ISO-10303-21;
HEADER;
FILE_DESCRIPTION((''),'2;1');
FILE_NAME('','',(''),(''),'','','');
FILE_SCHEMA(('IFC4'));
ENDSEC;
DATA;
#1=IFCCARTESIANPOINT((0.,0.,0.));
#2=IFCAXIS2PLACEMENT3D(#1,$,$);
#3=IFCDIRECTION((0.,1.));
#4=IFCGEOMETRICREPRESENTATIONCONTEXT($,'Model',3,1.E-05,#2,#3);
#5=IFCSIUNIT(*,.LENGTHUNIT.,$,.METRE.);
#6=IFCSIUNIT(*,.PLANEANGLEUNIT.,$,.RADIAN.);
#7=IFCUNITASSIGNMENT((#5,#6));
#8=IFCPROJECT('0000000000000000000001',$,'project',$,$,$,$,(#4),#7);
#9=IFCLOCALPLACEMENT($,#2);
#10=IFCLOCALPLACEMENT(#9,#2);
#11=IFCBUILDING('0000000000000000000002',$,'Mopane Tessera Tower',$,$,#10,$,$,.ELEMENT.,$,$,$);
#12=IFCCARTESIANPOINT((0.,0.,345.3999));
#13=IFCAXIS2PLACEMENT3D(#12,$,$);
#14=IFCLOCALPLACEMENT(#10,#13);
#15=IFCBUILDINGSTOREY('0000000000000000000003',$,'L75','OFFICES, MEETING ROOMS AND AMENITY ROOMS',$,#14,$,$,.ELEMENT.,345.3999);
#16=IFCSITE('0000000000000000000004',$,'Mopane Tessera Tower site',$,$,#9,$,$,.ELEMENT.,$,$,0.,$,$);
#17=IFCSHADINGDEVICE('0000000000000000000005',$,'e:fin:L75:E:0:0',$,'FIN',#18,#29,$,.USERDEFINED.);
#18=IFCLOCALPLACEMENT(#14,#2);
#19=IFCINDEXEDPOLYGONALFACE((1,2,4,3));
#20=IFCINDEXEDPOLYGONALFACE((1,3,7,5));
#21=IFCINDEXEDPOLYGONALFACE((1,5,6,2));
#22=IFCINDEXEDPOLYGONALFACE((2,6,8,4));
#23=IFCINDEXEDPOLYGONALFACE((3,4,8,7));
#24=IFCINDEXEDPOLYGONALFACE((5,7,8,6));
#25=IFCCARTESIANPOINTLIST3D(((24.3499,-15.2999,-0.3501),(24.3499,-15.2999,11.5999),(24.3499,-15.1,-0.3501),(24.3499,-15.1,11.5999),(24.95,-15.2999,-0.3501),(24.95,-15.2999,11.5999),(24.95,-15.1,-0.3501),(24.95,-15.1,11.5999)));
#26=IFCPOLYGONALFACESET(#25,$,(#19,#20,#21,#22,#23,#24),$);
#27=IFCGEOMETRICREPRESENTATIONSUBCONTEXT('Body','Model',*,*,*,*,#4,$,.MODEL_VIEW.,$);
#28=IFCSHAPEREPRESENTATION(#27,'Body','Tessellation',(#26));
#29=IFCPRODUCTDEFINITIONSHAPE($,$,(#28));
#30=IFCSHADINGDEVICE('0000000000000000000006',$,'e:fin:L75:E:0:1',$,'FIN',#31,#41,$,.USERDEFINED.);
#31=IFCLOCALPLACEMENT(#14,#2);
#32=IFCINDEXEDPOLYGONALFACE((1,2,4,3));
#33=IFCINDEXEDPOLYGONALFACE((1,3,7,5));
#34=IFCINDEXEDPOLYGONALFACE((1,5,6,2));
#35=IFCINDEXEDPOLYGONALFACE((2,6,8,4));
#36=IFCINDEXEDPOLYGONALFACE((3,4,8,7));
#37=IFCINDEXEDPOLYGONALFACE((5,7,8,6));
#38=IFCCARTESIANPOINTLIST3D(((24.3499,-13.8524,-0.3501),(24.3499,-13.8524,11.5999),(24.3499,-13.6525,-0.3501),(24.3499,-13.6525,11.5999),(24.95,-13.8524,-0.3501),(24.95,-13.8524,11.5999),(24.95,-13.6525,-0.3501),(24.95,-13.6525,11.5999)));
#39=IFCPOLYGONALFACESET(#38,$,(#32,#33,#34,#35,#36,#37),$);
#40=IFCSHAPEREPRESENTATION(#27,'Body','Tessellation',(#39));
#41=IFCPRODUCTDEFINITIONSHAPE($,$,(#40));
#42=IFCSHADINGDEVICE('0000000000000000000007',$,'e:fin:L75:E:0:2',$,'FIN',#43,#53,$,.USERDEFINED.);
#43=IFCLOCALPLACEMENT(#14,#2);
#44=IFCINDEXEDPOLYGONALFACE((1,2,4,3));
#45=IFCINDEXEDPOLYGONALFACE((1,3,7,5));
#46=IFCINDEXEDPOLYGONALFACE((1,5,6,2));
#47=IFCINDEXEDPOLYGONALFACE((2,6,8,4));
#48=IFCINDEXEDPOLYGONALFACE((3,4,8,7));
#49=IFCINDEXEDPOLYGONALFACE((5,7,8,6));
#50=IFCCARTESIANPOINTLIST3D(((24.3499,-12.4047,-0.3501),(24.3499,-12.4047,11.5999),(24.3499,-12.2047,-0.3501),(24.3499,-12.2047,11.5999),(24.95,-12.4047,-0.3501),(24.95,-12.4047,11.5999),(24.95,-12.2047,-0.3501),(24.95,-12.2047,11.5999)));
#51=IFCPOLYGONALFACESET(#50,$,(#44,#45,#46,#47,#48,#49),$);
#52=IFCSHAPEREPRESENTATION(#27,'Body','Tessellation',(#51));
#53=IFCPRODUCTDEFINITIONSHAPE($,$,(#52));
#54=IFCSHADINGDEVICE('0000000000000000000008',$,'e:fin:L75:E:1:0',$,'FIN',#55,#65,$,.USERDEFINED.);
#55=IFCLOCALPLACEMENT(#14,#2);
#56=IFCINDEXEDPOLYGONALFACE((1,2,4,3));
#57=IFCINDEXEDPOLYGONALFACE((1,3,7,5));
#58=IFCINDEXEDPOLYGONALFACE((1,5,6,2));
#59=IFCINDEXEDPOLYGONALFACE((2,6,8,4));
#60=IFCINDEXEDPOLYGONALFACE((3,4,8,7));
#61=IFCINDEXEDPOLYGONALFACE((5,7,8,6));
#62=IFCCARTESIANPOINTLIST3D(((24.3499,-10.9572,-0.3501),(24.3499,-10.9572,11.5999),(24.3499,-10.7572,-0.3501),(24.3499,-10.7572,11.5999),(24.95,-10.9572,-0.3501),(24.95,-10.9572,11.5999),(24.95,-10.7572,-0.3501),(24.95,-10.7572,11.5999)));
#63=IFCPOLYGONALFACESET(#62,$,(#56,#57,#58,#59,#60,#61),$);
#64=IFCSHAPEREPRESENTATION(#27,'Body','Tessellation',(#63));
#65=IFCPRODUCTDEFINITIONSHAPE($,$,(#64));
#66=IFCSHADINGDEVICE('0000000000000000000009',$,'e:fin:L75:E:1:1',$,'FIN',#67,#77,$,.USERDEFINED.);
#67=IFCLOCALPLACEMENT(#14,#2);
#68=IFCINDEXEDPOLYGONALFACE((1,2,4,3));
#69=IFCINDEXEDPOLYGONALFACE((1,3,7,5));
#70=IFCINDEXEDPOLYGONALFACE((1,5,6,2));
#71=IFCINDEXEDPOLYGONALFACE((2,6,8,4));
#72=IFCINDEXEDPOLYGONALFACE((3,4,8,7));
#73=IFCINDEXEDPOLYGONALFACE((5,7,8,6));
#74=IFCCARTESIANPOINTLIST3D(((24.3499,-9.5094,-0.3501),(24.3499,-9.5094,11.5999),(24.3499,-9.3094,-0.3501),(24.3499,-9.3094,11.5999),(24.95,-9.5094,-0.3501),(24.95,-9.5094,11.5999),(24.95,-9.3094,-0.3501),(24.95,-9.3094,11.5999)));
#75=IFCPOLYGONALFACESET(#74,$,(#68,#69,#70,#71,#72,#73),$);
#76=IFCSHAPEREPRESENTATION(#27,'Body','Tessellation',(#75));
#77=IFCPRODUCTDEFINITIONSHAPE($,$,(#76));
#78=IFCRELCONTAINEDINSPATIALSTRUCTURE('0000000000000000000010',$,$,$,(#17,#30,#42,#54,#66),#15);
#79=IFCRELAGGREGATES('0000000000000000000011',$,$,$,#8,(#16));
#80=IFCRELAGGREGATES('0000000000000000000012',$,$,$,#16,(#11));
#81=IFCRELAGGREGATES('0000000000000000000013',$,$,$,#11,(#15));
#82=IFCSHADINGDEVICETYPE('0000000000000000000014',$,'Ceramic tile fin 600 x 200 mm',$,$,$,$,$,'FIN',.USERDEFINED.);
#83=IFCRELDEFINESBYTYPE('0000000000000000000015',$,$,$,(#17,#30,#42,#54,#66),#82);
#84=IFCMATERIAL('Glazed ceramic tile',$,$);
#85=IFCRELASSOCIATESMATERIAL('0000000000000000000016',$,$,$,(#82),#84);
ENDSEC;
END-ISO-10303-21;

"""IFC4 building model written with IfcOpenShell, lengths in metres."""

from ifc_helpers import new_model, si_unit, direction, frame, origin, origin_2d, place, context, subcontext, project, spatial, rectangle, extrude, material, type_object, element, save


model = new_model("IFC4")

# Units and contexts
model_context = context("Model", 3, precision=1e-05, world=origin(), true_north=direction((0.0, 1.0)))
body_context = subcontext(model_context, "Body", "Model", "MODEL_VIEW")
ifc_project = project(units=[si_unit("LENGTHUNIT", "METRE"), si_unit("PLANEANGLEUNIT", "RADIAN")], contexts=[model_context])

# Site, building, storey
site_placement = place(None, origin())
site = spatial("IfcSite", under=ifc_project, at=site_placement, Name="Mopane Tessera Tower site", CompositionType="ELEMENT", RefElevation=0.0)
building_placement = place(site_placement, origin())
building = spatial("IfcBuilding", under=site, at=building_placement, Name="Mopane Tessera Tower", CompositionType="ELEMENT")
storey_placement = place(building_placement, frame((0.0, 0.0, 345.3999)))
storey = spatial("IfcBuildingStorey", under=building, at=storey_placement, Name="L75", Description="OFFICES, MEETING ROOMS AND AMENITY ROOMS", CompositionType="ELEMENT", Elevation=345.3999)

# Shading devices
ifc_material_1 = material(Name="Glazed ceramic tile")
shading_device_type = type_object("IfcShadingDeviceType", Name="Ceramic tile fin 600 x 200 mm", ElementType="FIN", PredefinedType="USERDEFINED", material=ifc_material_1)
for number, where, z_axis, x_axis, name in (
    (1, (24.6499, -15.2, -0.3501), (0.0, 0.0, 1.0), (0.0, 1.0, 0.0), "e:fin:L75:E:0:0"),
    (2, (24.6499, -13.7524, -0.3501), (0.0, 0.0, 1.0), (0.0, 1.0, 0.0), "e:fin:L75:E:0:1"),
    (3, (24.6499, -12.3047, -0.3501), (0.0, 0.0, 1.0), (0.0, 1.0, 0.0), "e:fin:L75:E:0:2"),
    (4, (24.6499, -10.8572, -0.3501), (0.0, 0.0, 1.0), (0.0, 1.0, 0.0), "e:fin:L75:E:1:0"),
    (5, (24.6499, -9.4094, -0.3501), (0.0, 0.0, 1.0), (0.0, 1.0, 0.0), "e:fin:L75:E:1:1"),
):
    element("IfcShadingDevice", number, at=place(storey_placement, frame(where, z_axis=z_axis, x_axis=x_axis)), inside=storey, type_object=shading_device_type, Name=name, ObjectType="FIN", PredefinedType="USERDEFINED", context=body_context, shape_type="SweptSolid", body=[
        extrude(rectangle(XDim=0.2, YDim=0.6001, at=origin_2d()), origin(), (0.0, 0.0, 1.0), 11.95),
    ])

save(model, "model.ifc")
